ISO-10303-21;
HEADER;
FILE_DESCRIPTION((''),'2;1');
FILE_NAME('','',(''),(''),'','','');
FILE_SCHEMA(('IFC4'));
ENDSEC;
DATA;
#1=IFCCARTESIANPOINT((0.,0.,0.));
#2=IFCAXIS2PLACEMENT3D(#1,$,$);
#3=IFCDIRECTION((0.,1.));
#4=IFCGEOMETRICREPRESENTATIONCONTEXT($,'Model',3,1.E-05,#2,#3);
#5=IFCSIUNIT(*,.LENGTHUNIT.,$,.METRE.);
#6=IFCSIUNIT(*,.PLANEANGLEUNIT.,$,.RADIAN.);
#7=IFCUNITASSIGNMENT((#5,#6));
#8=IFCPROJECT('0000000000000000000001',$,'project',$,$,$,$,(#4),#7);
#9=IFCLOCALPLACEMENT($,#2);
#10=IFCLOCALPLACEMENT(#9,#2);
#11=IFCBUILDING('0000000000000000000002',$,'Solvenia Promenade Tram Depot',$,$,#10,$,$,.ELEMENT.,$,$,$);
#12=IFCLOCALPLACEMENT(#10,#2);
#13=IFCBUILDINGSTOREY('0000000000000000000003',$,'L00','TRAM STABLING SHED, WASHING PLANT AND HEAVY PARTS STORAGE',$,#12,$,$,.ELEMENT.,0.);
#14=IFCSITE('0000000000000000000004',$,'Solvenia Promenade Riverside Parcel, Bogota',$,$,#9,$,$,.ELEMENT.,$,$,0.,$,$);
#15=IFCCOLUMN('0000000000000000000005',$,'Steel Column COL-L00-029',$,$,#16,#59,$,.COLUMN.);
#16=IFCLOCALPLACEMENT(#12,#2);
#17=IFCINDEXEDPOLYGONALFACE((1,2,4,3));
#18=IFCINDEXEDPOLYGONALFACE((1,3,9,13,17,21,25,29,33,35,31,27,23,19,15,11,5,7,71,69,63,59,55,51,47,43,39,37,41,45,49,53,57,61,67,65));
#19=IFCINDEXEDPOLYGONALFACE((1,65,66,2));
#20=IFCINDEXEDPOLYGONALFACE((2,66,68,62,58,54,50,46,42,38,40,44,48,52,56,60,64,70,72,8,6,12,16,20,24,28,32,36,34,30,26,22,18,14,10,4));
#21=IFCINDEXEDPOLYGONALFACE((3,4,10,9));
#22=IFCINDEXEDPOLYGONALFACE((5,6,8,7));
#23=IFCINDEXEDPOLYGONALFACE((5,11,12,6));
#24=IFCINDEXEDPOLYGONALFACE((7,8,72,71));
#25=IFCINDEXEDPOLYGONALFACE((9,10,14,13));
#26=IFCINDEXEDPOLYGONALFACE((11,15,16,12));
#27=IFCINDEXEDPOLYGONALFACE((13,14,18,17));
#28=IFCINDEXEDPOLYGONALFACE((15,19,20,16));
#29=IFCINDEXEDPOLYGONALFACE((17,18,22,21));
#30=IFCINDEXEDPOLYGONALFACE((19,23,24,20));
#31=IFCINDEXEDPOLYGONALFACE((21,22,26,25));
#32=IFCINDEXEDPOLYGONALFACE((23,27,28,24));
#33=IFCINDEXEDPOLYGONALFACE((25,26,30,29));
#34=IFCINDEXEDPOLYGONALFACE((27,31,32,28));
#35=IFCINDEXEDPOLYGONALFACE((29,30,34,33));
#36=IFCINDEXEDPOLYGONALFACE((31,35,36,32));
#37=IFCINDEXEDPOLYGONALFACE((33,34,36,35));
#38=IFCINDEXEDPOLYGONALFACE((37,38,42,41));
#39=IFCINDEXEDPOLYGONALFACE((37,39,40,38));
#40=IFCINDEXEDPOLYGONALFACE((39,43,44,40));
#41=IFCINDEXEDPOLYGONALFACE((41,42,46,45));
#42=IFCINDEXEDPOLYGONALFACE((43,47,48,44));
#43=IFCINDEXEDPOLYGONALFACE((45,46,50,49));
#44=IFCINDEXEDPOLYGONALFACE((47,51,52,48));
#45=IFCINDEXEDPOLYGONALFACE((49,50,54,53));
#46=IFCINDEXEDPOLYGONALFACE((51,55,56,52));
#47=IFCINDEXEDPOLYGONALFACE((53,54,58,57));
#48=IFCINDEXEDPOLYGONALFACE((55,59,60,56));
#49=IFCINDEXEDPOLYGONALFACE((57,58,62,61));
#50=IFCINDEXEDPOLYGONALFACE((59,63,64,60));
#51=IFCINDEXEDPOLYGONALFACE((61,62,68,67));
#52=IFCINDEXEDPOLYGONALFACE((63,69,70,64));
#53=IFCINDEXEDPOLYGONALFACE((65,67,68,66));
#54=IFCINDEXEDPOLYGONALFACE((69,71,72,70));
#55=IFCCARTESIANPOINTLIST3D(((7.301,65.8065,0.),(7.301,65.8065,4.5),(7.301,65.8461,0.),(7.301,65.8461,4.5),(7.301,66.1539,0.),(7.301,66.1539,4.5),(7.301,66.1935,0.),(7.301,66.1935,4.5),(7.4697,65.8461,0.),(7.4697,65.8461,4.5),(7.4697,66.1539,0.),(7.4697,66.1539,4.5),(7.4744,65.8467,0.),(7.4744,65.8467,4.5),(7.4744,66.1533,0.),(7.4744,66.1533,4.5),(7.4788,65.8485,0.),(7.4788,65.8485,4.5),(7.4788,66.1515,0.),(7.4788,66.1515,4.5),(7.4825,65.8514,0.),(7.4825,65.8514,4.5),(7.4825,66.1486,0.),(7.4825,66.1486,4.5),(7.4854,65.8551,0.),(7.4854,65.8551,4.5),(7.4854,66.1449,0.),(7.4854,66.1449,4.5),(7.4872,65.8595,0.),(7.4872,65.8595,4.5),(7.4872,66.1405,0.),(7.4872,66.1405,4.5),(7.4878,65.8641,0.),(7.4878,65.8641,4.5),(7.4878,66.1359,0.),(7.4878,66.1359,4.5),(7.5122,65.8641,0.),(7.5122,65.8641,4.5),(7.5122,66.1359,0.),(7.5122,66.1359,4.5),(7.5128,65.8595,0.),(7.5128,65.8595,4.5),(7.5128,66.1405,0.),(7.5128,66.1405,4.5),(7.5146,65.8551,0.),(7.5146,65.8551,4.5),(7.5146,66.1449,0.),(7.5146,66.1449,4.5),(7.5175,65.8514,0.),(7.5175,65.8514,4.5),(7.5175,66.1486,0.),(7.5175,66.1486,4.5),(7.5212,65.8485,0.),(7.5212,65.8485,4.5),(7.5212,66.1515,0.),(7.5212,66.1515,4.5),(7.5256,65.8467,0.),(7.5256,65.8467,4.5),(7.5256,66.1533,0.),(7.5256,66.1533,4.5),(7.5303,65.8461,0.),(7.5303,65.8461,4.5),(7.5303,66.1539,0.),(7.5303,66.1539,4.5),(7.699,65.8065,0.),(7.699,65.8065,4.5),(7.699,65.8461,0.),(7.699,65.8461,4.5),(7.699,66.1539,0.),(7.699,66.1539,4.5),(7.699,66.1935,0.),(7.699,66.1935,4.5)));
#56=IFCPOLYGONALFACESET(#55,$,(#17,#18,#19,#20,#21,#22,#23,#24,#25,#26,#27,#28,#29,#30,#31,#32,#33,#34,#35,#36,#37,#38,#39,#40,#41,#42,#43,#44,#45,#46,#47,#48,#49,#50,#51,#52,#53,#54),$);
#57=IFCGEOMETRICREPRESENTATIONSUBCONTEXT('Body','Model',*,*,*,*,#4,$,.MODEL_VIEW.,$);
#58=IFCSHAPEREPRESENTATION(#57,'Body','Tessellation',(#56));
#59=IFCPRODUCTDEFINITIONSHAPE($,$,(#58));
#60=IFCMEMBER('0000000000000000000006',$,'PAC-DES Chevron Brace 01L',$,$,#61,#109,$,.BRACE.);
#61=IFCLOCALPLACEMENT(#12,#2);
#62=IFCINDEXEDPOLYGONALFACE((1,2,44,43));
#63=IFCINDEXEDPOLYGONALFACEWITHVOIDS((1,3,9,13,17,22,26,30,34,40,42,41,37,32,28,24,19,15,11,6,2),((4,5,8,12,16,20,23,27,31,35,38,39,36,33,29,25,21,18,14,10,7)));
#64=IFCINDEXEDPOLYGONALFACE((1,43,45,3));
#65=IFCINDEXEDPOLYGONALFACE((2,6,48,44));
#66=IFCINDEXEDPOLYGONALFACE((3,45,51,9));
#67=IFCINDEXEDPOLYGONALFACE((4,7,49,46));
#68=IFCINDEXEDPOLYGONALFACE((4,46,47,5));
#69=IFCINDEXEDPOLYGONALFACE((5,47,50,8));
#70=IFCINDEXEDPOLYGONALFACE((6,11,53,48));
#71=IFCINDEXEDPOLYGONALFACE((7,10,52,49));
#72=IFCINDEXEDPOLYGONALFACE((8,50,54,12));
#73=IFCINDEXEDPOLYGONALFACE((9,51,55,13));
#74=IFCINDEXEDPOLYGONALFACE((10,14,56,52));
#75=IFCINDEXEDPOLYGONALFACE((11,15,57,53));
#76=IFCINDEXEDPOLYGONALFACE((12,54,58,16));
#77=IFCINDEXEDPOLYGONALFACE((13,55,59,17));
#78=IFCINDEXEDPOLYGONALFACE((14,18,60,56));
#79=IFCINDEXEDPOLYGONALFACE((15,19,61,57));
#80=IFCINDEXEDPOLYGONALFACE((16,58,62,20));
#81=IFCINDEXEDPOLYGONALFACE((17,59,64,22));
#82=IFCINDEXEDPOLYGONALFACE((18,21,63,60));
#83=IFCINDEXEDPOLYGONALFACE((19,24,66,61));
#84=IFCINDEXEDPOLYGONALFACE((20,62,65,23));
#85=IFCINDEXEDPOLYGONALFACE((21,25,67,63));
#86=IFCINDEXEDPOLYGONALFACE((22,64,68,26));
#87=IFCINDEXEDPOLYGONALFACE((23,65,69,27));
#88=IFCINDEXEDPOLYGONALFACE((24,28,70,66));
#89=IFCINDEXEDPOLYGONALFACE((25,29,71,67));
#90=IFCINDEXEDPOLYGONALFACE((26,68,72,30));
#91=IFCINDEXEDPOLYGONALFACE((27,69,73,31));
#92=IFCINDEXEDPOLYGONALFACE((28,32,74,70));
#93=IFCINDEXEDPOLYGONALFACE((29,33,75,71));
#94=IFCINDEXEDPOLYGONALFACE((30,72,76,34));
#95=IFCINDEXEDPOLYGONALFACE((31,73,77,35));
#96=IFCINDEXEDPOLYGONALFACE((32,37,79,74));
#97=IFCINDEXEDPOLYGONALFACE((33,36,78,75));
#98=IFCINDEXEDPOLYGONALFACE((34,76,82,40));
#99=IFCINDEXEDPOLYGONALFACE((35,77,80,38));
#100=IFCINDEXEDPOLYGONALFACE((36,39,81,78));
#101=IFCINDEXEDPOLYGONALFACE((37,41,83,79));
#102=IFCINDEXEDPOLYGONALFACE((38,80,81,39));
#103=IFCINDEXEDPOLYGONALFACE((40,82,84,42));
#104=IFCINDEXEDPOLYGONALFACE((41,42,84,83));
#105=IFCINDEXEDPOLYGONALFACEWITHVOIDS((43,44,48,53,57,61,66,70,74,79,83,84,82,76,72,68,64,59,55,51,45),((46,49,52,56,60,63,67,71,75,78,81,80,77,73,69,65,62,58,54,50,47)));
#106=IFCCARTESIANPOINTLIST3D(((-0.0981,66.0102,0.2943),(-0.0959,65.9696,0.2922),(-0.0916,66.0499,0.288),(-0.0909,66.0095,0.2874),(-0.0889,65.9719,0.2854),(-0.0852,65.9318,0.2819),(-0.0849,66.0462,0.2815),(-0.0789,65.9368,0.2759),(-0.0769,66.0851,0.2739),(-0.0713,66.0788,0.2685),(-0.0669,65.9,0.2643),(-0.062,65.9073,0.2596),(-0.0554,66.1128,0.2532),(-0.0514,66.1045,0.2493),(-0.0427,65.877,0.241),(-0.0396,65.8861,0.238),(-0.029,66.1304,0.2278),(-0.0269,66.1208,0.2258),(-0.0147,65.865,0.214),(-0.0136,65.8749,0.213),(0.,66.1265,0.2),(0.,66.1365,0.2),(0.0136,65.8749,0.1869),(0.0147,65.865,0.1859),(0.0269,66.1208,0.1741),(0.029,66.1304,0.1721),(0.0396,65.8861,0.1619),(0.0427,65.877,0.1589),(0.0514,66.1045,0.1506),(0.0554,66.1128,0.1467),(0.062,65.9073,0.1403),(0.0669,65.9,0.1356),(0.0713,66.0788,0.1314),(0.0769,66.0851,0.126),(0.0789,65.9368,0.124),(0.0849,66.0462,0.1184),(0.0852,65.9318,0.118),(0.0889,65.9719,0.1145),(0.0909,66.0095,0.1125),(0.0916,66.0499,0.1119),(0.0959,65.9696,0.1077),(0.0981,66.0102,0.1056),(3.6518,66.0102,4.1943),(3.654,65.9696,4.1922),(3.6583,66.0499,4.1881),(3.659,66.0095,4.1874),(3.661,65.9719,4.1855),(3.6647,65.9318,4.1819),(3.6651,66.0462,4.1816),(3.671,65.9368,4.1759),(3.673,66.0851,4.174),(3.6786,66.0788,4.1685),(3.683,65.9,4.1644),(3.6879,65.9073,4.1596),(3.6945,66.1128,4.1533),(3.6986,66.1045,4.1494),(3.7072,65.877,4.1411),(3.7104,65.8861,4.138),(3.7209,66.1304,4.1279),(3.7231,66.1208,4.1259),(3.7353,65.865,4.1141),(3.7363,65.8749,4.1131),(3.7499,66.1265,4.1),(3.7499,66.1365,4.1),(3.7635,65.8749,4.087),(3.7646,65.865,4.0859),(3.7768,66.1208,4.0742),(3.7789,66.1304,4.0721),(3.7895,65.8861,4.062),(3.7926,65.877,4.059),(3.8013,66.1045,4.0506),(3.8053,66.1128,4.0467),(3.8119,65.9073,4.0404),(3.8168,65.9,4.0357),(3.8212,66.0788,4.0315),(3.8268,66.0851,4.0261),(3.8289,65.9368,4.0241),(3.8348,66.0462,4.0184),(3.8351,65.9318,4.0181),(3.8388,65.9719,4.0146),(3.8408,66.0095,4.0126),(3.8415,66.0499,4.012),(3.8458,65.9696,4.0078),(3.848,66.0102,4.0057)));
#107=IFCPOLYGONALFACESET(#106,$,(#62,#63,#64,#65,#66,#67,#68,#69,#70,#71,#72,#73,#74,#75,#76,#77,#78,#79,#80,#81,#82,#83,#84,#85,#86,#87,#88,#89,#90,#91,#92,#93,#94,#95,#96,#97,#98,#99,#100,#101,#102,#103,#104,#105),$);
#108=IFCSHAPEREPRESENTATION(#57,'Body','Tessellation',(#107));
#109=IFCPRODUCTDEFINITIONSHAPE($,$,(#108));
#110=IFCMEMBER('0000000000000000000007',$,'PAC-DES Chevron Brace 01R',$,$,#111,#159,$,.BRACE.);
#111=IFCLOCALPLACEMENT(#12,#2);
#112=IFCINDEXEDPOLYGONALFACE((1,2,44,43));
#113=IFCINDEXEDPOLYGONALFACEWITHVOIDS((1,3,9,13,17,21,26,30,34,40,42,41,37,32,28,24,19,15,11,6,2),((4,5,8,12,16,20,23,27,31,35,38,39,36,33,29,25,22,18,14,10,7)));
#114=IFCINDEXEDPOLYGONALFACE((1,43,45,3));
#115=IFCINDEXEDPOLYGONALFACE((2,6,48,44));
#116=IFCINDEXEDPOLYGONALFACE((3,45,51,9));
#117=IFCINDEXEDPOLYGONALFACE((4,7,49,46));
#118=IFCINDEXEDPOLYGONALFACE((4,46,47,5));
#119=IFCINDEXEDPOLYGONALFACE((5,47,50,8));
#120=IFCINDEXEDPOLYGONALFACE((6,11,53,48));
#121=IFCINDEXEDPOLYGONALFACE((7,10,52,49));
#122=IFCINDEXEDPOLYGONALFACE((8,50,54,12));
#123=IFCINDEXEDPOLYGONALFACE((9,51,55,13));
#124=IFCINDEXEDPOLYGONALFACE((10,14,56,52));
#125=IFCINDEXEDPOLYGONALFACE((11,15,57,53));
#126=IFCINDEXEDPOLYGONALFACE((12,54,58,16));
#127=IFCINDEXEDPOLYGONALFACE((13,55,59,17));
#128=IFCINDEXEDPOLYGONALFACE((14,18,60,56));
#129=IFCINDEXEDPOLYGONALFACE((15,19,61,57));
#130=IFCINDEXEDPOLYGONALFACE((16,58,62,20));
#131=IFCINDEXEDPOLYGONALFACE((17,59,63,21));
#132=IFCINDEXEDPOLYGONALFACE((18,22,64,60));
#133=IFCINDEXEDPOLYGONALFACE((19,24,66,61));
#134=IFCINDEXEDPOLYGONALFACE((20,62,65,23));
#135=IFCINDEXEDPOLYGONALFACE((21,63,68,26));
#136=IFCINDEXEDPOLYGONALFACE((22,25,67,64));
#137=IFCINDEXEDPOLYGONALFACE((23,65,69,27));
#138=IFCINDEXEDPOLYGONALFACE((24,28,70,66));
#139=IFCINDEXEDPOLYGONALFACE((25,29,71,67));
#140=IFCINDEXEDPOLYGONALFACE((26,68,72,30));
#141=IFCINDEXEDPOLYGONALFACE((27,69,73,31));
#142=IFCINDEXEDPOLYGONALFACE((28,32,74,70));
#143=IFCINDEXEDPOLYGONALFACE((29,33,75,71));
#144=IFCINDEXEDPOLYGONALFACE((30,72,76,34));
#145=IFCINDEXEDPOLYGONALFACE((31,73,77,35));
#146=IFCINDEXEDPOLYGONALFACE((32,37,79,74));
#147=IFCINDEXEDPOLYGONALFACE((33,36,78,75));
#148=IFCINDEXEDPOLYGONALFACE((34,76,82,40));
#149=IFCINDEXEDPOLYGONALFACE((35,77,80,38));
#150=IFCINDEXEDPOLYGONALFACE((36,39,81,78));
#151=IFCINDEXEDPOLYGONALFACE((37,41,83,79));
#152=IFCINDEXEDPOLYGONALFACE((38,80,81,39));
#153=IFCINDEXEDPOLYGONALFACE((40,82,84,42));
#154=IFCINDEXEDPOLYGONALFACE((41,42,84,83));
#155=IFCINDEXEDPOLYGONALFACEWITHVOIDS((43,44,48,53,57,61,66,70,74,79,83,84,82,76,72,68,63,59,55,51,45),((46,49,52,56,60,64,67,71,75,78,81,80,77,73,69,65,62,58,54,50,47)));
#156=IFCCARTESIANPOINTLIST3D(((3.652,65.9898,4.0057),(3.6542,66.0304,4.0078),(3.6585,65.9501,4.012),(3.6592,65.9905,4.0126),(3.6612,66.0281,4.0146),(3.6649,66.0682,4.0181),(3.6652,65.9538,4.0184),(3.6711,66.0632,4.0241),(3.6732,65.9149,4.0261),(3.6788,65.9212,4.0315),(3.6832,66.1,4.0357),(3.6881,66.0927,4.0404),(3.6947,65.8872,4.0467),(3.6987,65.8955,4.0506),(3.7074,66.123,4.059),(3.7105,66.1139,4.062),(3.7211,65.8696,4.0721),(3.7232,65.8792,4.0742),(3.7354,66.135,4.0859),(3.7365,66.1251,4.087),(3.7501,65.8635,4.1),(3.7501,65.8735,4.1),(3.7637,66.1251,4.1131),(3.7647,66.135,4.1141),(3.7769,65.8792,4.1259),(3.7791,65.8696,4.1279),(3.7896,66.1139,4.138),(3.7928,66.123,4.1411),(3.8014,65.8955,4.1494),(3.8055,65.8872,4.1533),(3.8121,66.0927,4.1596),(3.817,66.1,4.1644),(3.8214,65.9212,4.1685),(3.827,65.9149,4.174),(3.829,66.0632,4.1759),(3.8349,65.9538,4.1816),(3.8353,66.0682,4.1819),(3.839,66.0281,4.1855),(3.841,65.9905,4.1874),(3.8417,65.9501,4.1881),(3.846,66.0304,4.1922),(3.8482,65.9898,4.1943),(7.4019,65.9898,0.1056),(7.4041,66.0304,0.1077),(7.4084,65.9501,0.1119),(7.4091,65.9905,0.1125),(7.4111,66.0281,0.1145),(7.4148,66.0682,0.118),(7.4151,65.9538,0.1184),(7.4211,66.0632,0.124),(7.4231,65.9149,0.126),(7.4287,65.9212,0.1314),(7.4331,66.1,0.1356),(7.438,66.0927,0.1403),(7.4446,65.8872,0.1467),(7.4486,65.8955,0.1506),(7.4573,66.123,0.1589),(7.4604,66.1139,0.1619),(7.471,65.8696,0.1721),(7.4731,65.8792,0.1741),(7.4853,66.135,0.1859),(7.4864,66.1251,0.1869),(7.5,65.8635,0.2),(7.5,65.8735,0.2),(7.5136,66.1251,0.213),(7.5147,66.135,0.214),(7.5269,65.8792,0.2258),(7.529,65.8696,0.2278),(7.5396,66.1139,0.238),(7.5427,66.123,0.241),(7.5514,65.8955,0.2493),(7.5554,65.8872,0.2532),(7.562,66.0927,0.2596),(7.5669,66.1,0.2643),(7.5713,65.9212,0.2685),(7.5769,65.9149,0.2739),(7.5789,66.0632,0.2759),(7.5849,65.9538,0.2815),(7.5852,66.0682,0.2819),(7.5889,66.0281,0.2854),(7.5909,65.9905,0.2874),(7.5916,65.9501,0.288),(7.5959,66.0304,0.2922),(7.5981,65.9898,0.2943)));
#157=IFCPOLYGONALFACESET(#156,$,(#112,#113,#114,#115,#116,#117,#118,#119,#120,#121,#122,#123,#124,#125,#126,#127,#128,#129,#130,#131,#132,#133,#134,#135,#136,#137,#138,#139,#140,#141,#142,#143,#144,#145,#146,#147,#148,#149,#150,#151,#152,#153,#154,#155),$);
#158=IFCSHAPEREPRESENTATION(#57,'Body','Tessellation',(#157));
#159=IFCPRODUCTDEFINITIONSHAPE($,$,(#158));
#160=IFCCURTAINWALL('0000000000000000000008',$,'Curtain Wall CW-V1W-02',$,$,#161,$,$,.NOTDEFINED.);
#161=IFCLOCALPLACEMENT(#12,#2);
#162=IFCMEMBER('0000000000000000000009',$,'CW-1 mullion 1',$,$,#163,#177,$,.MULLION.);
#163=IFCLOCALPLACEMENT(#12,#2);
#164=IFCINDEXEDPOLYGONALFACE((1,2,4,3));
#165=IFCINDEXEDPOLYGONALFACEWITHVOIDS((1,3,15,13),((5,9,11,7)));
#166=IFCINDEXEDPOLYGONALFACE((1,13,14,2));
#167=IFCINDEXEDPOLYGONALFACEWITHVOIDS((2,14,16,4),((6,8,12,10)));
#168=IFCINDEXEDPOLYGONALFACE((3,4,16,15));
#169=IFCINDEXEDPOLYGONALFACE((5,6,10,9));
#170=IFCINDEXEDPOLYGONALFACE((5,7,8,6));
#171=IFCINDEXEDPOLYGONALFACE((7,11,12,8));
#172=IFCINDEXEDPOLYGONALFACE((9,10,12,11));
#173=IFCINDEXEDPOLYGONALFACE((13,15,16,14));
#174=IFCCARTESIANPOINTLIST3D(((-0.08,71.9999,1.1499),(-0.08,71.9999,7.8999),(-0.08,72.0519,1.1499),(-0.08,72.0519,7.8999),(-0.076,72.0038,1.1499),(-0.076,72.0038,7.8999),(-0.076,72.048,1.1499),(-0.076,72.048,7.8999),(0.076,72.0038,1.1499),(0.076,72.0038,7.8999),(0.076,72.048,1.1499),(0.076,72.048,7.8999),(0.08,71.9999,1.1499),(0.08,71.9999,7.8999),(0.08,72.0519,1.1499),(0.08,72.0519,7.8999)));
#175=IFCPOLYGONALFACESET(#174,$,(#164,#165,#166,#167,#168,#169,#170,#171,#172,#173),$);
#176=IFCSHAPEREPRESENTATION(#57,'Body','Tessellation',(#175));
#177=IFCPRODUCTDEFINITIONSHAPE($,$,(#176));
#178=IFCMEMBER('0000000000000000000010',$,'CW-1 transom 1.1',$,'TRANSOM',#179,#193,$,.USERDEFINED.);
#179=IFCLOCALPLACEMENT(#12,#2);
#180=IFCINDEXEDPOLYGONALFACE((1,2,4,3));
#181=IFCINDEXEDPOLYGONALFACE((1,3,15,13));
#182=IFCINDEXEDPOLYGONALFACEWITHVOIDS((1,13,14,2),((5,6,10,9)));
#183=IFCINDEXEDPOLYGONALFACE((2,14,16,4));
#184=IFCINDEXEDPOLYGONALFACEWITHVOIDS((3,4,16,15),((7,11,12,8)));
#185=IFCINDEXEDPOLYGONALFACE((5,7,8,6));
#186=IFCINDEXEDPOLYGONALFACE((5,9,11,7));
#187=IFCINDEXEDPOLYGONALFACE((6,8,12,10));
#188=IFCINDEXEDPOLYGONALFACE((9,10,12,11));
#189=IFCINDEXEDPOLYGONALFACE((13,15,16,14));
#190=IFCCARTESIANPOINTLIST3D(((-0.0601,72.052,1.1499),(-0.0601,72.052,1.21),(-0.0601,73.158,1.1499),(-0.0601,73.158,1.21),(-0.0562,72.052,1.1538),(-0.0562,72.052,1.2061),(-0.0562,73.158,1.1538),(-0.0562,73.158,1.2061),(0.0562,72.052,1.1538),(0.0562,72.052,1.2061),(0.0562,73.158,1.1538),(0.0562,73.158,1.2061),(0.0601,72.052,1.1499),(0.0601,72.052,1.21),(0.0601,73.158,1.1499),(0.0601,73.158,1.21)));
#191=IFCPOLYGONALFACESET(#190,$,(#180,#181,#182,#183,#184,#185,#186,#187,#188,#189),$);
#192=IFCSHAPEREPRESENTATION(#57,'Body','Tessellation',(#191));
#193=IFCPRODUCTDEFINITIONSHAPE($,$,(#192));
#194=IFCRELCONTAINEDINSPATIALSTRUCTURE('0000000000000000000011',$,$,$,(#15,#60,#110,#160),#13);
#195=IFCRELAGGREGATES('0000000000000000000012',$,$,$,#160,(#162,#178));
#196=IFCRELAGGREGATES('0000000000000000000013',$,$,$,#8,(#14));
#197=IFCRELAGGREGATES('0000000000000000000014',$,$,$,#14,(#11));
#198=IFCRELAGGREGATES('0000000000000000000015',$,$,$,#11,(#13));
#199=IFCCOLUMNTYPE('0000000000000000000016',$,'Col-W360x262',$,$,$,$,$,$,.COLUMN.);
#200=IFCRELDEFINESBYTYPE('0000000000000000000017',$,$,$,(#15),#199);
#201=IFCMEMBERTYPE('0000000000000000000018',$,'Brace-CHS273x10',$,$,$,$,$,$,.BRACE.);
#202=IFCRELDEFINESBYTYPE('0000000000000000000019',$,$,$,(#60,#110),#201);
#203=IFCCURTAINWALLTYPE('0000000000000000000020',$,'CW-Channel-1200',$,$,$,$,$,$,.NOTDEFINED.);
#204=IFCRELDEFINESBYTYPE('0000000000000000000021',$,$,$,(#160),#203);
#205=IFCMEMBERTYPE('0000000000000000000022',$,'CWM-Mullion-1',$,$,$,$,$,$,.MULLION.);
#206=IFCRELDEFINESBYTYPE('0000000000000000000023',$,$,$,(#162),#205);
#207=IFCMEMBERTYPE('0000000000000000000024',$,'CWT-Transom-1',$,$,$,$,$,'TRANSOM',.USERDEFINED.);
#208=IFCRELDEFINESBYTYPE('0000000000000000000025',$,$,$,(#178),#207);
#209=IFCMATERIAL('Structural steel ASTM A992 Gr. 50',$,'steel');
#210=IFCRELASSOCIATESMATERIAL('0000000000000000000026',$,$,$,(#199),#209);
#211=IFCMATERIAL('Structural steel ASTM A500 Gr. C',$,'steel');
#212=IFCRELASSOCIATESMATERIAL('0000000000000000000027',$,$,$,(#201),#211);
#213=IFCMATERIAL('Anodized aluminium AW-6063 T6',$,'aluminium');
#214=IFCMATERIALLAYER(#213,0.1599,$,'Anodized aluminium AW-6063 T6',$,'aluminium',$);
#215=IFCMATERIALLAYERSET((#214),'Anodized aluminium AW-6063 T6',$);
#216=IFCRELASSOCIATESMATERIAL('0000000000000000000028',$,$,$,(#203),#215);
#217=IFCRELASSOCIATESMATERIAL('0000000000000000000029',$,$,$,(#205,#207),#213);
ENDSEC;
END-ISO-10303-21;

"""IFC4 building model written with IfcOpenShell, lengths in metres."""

from ifc_helpers import new_model, si_unit, direction, frame, origin, origin_2d, place, context, subcontext, project, spatial, hollow_rectangle, hollow_circle, i_section, extrude, material, layer, layer_set, material_profile, profile_set, type_object, element, aggregate, save


model = new_model("IFC4")

# Units and contexts
model_context = context("Model", 3, precision=1e-05, world=origin(), true_north=direction((0.0, 1.0)))
body_context = subcontext(model_context, "Body", "Model", "MODEL_VIEW")
ifc_project = project(units=[si_unit("LENGTHUNIT", "METRE"), si_unit("PLANEANGLEUNIT", "RADIAN")], contexts=[model_context])

# Site, building, storey
site_placement = place(None, origin())
site = spatial("IfcSite", under=ifc_project, at=site_placement, Name="Solvenia Promenade Riverside Parcel, Bogota", CompositionType="ELEMENT", RefElevation=0.0)
building_placement = place(site_placement, origin())
building = spatial("IfcBuilding", under=site, at=building_placement, Name="Solvenia Promenade Tram Depot", CompositionType="ELEMENT")
storey_placement = place(building_placement, origin())
storey = spatial("IfcBuildingStorey", under=building, at=storey_placement, Name="L00", Description="TRAM STABLING SHED, WASHING PLANT AND HEAVY PARTS STORAGE", CompositionType="ELEMENT", Elevation=0.0)

# Column
ifc_material_1 = material(Name="Structural steel ASTM A992 Gr. 50", Category="steel")
ifc_material_profile_1 = material_profile(ifc_material_1, i_section(OverallWidth=0.3979, OverallDepth=0.387, WebThickness=0.0244, FlangeThickness=0.0396, FilletRadius=0.0181, at=origin_2d()), Name="W360x262", Category="steel")
ifc_profile_set_1 = profile_set([ifc_material_profile_1], Name="Structural steel ASTM A992 Gr. 50")
column_type = type_object("IfcColumnType", Name="Col-W360x262", PredefinedType="COLUMN", material=ifc_profile_set_1)
for number, where, z_axis, x_axis, name in (
    (1, (7.5, 66.0, 0.0), (0.0, 0.0, 1.0), (1.0, 0.0, 0.0), "Steel Column COL-L00-029"),
):
    element("IfcColumn", number, at=place(storey_placement, frame(where, z_axis=z_axis, x_axis=x_axis)), inside=storey, type_object=column_type, Name=name, PredefinedType="COLUMN", context=body_context, shape_type="SweptSolid", body=[
        extrude(i_section(OverallWidth=0.3979, OverallDepth=0.387, WebThickness=0.0244, FlangeThickness=0.0396, FilletRadius=0.0181, at=origin_2d()), origin(), (0.0, 0.0, 1.0), 4.5),
    ])

# Members
ifc_material_2 = material(Name="Structural steel ASTM A500 Gr. C", Category="steel")
ifc_material_profile_2 = material_profile(ifc_material_2, hollow_circle(Radius=0.1365, WallThickness=0.01, at=origin_2d()), Name="CHS273.0x10", Category="steel")
ifc_profile_set_2 = profile_set([ifc_material_profile_2], Name="Structural steel ASTM A500 Gr. C")
member_type_1 = type_object("IfcMemberType", Name="Brace-CHS273x10", PredefinedType="BRACE", material=ifc_profile_set_2)
for number, where, z_axis, x_axis, name in (
    (2, (0.0, 66.0, 0.2), (0.693095, 0.0, 0.720846), (0.0, 1.0, 0.0), "PAC-DES Chevron Brace 01L"),
    (3, (7.5, 66.0, 0.2), (-0.693095, 0.0, 0.720846), (0.0, -1.0, 0.0), "PAC-DES Chevron Brace 01R"),
):
    element("IfcMember", number, at=place(storey_placement, frame(where, z_axis=z_axis, x_axis=x_axis)), inside=storey, type_object=member_type_1, Name=name, PredefinedType="BRACE", context=body_context, shape_type="SweptSolid", body=[
        extrude(hollow_circle(Radius=0.1365, WallThickness=0.01, at=origin_2d()), origin(), (0.0, 0.0, 1.0), 5.4104),
    ])

# Curtain wall, members
ifc_material_3 = material(Name="Anodized aluminium AW-6063 T6", Category="aluminium")
ifc_layer_1 = layer(ifc_material_3, 0.1599, Name="Anodized aluminium AW-6063 T6", Category="aluminium")
ifc_layer_set_1 = layer_set([ifc_layer_1], Name="Anodized aluminium AW-6063 T6")
curtain_wall_type = type_object("IfcCurtainWallType", Name="CW-Channel-1200", PredefinedType="NOTDEFINED", material=ifc_layer_set_1)
curtain_wall_placement = place(storey_placement, origin())
curtain_wall = element("IfcCurtainWall", 4, at=curtain_wall_placement, inside=storey, type_object=curtain_wall_type, Name="Curtain Wall CW-V1W-02", PredefinedType="NOTDEFINED")
ifc_material_profile_3 = material_profile(ifc_material_3, hollow_rectangle(XDim=0.1599, YDim=0.052, WallThickness=0.0039, at=origin_2d()), Name="ALU-M1", Category="aluminium")
ifc_profile_set_3 = profile_set([ifc_material_profile_3], Name="Anodized aluminium AW-6063 T6")
member_type_2 = type_object("IfcMemberType", Name="CWM-Mullion-1", PredefinedType="MULLION", material=ifc_profile_set_3)
member_1_placement = place(storey_placement, frame((0.0, 72.0259, 1.1499), z_axis=(0.0, 0.0, 1.0), x_axis=(-1.0, 0.0, 0.0)))
member_1 = element("IfcMember", 5, at=member_1_placement, type_object=member_type_2, Name="CW-1 mullion 1", PredefinedType="MULLION", context=body_context, shape_type="SweptSolid", body=[
    extrude(hollow_rectangle(XDim=0.1599, YDim=0.052, WallThickness=0.0039, at=origin_2d()), origin(), (0.0, 0.0, 1.0), 6.75),
])
ifc_material_profile_4 = material_profile(ifc_material_3, hollow_rectangle(XDim=0.1201, YDim=0.0601, WallThickness=0.0039, at=origin_2d()), Name="ALU-T1", Category="aluminium")
ifc_profile_set_4 = profile_set([ifc_material_profile_4], Name="Anodized aluminium AW-6063 T6")
member_type_3 = type_object("IfcMemberType", Name="CWT-Transom-1", ElementType="TRANSOM", PredefinedType="USERDEFINED", material=ifc_profile_set_4)
member_2_placement = place(storey_placement, frame((0.0, 72.052, 1.1799), z_axis=(0.0, 1.0, 0.0), x_axis=(-1.0, 0.0, 0.0)))
member_2 = element("IfcMember", 6, at=member_2_placement, type_object=member_type_3, Name="CW-1 transom 1.1", ObjectType="TRANSOM", PredefinedType="USERDEFINED", context=body_context, shape_type="SweptSolid", body=[
    extrude(hollow_rectangle(XDim=0.1201, YDim=0.0601, WallThickness=0.0039, at=origin_2d()), origin(), (0.0, 0.0, 1.0), 1.106),
])
aggregate(curtain_wall, [member_1, member_2])

save(model, "model.ifc")
